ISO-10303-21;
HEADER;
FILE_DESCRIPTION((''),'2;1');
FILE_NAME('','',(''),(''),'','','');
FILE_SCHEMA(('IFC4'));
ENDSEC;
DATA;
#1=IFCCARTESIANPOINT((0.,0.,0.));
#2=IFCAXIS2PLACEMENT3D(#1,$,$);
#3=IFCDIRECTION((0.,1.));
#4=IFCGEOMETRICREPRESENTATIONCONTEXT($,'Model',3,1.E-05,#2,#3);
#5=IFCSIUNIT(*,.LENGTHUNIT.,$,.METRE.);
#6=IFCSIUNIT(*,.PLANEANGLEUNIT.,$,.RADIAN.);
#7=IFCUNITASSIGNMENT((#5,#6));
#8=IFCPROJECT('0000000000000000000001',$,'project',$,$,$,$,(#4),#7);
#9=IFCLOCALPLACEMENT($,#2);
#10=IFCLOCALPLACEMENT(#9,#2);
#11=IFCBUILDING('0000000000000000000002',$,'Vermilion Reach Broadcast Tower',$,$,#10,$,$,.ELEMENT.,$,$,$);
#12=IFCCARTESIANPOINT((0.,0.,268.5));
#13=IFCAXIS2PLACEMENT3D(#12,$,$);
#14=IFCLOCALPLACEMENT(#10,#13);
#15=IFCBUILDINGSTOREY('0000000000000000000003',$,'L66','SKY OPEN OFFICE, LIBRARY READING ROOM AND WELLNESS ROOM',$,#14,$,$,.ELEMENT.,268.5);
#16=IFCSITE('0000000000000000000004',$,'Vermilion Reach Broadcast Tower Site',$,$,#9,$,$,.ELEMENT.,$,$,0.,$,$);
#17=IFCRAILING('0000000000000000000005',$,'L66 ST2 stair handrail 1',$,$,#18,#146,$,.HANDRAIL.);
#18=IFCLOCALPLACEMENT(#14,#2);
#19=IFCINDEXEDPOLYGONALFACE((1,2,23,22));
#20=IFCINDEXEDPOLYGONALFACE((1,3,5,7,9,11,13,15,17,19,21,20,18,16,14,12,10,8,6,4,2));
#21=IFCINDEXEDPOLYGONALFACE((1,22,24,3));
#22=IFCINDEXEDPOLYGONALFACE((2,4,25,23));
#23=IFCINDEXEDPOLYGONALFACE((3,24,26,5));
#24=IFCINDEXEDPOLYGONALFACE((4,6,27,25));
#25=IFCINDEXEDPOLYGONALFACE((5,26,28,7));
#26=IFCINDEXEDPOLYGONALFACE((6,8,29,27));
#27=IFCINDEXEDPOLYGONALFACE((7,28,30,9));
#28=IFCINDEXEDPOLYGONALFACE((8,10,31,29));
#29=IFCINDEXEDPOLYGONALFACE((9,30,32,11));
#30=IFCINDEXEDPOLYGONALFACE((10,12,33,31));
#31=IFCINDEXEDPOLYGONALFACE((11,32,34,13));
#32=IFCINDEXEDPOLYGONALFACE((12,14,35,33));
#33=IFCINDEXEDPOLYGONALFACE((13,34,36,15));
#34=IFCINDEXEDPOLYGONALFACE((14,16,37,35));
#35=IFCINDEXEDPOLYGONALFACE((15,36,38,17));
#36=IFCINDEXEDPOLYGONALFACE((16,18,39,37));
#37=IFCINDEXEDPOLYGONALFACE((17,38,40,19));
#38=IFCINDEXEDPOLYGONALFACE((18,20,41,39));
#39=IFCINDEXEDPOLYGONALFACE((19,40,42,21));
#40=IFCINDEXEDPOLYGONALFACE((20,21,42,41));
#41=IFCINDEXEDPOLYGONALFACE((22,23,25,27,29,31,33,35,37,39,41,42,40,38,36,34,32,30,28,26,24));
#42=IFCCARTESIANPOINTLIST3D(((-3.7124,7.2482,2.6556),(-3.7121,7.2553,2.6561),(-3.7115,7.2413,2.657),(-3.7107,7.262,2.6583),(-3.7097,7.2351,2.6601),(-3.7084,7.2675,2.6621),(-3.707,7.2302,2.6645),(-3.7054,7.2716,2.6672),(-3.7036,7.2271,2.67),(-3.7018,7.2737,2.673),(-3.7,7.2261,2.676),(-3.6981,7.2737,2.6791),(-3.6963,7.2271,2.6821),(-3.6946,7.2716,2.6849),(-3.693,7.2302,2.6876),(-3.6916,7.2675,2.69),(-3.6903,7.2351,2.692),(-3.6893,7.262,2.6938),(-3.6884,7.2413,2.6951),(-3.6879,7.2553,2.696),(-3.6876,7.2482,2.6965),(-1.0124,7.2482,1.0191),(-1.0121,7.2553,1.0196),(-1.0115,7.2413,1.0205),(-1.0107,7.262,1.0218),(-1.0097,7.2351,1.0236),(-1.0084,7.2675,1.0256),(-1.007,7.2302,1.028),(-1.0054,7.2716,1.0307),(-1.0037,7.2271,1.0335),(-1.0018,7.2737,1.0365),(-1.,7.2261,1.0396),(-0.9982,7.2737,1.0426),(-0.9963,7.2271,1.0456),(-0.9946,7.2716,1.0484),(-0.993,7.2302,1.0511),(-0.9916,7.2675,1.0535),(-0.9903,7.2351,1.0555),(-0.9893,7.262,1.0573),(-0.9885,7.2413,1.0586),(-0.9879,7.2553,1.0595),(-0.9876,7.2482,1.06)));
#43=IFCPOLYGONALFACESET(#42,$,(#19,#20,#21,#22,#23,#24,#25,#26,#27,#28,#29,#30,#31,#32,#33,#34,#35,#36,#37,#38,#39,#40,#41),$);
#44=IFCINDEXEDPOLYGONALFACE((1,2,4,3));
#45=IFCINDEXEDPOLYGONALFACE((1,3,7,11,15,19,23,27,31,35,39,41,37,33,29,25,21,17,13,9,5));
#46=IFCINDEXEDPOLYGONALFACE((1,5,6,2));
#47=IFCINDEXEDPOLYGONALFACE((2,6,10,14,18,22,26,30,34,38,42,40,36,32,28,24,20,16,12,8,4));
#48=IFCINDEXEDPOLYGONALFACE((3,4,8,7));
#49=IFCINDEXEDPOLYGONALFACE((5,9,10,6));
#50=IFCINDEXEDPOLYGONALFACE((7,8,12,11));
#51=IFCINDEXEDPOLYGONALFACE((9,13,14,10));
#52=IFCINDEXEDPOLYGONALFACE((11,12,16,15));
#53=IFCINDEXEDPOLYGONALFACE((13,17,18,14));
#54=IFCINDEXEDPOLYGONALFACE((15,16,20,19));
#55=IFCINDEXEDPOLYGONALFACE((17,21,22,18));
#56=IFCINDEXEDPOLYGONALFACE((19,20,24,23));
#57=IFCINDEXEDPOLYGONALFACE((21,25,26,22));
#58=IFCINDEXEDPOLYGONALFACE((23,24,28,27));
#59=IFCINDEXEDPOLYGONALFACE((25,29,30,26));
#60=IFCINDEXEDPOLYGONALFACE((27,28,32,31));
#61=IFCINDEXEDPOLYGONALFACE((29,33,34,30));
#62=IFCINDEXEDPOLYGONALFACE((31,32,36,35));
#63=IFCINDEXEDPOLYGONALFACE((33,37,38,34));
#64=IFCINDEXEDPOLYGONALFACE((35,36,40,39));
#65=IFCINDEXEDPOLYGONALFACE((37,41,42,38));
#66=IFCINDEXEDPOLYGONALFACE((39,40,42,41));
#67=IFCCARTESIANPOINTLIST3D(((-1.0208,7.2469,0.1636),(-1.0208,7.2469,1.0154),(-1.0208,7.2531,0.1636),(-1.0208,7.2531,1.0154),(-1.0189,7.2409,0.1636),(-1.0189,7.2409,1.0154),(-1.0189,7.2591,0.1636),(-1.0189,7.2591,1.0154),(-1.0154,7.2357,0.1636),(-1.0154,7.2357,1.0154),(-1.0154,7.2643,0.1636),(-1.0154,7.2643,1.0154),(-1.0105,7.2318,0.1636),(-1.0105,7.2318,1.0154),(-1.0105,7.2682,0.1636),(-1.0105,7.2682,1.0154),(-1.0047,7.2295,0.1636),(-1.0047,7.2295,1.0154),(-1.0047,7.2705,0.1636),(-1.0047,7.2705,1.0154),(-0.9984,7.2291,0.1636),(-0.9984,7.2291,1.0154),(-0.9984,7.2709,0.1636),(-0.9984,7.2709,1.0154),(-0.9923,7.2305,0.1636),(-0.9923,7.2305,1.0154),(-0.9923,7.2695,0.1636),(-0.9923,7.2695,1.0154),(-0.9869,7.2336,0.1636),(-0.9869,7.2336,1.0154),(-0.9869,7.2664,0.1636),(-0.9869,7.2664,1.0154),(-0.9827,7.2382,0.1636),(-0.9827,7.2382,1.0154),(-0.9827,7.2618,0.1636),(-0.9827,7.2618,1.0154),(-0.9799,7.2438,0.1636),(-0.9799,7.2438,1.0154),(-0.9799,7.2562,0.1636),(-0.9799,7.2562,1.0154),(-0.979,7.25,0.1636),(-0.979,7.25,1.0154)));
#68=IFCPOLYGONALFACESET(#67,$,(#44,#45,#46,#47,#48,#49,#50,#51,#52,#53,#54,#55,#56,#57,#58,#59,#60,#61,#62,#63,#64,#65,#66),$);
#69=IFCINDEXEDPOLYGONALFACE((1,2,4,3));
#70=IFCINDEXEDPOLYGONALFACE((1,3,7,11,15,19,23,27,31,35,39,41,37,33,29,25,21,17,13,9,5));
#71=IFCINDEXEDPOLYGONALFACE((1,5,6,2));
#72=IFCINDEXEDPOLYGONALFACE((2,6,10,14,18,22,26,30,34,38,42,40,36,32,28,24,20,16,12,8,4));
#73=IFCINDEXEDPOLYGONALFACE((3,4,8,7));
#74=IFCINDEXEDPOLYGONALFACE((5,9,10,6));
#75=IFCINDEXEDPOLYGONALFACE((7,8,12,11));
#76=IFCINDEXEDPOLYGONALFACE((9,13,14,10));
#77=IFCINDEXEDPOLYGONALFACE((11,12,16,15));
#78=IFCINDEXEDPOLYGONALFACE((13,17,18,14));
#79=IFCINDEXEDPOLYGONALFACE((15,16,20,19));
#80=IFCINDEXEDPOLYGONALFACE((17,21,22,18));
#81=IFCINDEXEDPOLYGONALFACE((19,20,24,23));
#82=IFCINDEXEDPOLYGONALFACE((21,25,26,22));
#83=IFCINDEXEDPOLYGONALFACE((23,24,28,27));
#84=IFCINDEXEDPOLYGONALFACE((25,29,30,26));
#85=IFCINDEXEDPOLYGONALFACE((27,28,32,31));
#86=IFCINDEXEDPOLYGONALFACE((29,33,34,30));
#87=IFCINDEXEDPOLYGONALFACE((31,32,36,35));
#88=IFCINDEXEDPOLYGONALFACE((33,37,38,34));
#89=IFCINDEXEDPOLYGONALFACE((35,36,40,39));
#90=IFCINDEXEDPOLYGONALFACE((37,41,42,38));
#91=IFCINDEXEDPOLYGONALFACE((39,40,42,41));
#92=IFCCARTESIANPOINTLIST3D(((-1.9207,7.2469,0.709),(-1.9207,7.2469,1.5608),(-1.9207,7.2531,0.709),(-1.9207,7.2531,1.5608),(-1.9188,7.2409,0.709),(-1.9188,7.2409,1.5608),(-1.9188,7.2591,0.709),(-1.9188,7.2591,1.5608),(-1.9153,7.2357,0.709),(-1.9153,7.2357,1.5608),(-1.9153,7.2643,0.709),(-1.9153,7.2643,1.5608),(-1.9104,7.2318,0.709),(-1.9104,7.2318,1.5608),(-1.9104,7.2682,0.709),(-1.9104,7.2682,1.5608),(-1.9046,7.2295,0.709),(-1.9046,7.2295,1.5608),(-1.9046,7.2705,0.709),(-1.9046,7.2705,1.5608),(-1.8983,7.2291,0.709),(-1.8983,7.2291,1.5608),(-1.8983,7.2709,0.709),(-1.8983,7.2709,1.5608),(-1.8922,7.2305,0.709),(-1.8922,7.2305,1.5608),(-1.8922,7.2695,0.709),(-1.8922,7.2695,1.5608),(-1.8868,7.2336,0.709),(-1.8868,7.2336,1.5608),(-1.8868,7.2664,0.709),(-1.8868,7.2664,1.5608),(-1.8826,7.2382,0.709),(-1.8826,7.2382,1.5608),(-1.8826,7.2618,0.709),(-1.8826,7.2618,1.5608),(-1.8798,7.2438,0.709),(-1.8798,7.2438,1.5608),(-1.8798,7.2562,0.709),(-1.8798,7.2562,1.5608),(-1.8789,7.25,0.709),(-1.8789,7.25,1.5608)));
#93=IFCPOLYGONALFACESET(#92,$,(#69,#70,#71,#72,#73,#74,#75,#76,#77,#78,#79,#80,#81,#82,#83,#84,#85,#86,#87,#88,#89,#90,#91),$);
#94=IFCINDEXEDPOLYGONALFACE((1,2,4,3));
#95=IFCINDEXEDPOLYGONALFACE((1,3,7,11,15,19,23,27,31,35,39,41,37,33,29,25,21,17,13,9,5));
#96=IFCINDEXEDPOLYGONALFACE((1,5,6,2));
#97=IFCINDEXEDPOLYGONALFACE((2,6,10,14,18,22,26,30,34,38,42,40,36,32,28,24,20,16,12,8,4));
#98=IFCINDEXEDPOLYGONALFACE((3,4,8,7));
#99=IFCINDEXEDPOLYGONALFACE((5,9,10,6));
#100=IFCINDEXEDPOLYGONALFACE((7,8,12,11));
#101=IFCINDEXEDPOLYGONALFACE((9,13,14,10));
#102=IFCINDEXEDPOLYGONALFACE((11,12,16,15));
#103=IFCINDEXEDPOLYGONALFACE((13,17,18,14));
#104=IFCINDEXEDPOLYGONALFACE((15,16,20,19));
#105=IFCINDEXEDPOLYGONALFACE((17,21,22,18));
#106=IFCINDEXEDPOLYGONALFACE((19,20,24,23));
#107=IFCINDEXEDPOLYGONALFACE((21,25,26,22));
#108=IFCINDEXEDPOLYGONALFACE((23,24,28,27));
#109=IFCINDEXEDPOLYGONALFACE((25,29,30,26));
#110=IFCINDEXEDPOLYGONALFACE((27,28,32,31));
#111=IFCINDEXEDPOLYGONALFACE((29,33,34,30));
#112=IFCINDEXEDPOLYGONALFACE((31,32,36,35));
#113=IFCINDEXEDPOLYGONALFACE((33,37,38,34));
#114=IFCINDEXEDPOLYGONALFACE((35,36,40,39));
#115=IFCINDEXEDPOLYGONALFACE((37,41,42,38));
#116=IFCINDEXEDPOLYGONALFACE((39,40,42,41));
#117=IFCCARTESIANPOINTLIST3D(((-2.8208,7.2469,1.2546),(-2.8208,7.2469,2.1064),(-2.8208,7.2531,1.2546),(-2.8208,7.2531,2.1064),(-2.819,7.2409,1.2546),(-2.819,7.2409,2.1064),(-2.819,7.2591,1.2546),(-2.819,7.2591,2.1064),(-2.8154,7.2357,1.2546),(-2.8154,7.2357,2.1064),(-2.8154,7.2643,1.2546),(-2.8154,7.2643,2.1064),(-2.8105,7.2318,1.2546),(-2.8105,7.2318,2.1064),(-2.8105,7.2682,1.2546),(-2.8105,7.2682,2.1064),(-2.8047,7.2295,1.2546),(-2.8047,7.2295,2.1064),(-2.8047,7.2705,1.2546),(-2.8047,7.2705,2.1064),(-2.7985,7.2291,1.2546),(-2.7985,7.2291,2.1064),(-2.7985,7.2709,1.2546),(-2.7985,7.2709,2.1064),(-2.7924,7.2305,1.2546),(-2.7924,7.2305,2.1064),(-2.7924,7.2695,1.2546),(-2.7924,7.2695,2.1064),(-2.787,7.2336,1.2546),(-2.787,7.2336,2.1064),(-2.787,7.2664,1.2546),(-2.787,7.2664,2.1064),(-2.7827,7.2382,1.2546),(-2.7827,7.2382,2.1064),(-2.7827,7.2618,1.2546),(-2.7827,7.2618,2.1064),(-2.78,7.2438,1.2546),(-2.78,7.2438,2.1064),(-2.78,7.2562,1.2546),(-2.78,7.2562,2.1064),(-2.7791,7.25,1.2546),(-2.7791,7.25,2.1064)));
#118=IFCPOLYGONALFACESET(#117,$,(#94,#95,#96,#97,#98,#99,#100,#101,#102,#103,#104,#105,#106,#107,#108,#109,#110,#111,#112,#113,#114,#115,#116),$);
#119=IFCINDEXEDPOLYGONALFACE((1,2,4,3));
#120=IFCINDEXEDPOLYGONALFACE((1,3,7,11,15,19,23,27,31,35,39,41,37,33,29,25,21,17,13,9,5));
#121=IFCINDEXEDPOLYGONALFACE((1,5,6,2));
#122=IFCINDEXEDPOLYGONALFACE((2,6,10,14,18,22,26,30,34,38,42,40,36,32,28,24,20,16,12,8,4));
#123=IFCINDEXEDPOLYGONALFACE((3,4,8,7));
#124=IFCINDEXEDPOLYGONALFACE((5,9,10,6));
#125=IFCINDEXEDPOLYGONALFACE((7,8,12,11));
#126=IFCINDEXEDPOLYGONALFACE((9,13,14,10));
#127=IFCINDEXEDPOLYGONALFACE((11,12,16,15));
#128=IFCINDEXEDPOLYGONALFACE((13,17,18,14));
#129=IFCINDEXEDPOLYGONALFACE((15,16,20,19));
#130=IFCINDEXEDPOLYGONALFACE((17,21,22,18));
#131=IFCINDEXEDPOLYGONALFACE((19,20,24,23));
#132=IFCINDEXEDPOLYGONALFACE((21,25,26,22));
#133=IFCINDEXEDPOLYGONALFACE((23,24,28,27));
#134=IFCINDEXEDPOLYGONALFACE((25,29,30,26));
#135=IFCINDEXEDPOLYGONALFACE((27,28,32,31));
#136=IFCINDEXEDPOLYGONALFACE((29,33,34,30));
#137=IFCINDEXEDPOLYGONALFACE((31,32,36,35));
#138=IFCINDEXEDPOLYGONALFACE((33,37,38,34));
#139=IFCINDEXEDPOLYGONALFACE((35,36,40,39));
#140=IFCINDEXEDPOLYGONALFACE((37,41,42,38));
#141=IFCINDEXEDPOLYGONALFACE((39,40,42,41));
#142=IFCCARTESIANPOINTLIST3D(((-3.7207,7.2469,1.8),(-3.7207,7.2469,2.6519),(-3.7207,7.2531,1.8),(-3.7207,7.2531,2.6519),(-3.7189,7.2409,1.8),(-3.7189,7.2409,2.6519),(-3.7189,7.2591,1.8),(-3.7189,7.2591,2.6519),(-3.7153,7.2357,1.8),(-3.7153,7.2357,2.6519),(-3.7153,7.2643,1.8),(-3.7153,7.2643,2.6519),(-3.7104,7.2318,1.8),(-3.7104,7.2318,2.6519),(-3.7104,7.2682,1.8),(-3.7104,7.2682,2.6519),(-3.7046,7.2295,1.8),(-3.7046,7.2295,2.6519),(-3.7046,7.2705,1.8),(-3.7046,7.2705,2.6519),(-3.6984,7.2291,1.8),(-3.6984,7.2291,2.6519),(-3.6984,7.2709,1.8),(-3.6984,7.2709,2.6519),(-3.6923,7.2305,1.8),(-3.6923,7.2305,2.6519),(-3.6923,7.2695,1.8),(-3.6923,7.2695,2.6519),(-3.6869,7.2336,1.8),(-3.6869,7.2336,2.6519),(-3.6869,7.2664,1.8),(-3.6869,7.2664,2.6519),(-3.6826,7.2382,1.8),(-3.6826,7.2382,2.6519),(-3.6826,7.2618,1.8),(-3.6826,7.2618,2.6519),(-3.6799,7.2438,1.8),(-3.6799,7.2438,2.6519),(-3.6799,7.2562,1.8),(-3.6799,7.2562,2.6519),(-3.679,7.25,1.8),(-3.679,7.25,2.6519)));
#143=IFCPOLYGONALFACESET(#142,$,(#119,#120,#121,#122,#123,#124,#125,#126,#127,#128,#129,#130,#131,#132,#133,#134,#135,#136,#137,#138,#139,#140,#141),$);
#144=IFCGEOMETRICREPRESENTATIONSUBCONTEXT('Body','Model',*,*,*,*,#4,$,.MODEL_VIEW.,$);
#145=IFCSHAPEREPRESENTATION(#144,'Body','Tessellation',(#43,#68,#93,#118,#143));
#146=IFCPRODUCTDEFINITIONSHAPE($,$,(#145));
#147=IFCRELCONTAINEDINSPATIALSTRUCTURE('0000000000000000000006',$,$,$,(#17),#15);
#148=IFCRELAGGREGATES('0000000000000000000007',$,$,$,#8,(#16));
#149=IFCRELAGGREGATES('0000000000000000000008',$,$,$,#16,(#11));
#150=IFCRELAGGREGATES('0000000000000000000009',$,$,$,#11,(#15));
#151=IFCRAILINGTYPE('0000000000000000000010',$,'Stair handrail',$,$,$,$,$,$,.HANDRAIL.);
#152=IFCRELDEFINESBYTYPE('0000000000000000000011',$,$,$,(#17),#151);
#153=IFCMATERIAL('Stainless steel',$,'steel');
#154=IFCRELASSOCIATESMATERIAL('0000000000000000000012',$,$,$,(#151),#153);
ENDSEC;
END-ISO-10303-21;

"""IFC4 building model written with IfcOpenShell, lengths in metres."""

from ifc_helpers import new_model, si_unit, direction, frame, origin, origin_2d, place, context, subcontext, project, spatial, circle, extrude, material, type_object, element, save


model = new_model("IFC4")

# Units and contexts
model_context = context("Model", 3, precision=1e-05, world=origin(), true_north=direction((0.0, 1.0)))
body_context = subcontext(model_context, "Body", "Model", "MODEL_VIEW")
ifc_project = project(units=[si_unit("LENGTHUNIT", "METRE"), si_unit("PLANEANGLEUNIT", "RADIAN")], contexts=[model_context])

# Site, building, storey
site_placement = place(None, origin())
site = spatial("IfcSite", under=ifc_project, at=site_placement, Name="Vermilion Reach Broadcast Tower Site", CompositionType="ELEMENT", RefElevation=0.0)
building_placement = place(site_placement, origin())
building = spatial("IfcBuilding", under=site, at=building_placement, Name="Vermilion Reach Broadcast Tower", CompositionType="ELEMENT")
storey_placement = place(building_placement, frame((0.0, 0.0, 268.5)))
storey = spatial("IfcBuildingStorey", under=building, at=storey_placement, Name="L66", Description="SKY OPEN OFFICE, LIBRARY READING ROOM AND WELLNESS ROOM", CompositionType="ELEMENT", Elevation=268.5)

# Railing
ifc_material_1 = material(Name="Stainless steel", Category="steel")
railing_type_1 = type_object("IfcRailingType", Name="Stair handrail", PredefinedType="HANDRAIL", material=ifc_material_1)
railing_1_placement = place(storey_placement, frame((-1.0, 7.25, 0.1636)))
element("IfcRailing", 1, at=railing_1_placement, inside=storey, type_object=railing_type_1, Name="L66 ST2 stair handrail 1", PredefinedType="HANDRAIL", context=body_context, shape_type="SweptSolid", body=[
    extrude(circle(Radius=0.0239, at=origin_2d()), frame((0.0, 0.0, 0.876), z_axis=(-0.855178, 0.0, 0.518334), x_axis=(0.0, -1.0, 0.0)), (0.0, 0.0, 1.0), 3.1572),
    extrude(circle(Radius=0.021, at=origin_2d()), origin(), (0.0, 0.0, 1.0), 0.8518),
    extrude(circle(Radius=0.021, at=origin_2d()), frame((-0.8999, 0.0, 0.5454)), (0.0, 0.0, 1.0), 0.8518),
    extrude(circle(Radius=0.021, at=origin_2d()), frame((-1.8, 0.0, 1.0911)), (0.0, 0.0, 1.0), 0.8518),
    extrude(circle(Radius=0.021, at=origin_2d()), frame((-2.7, 0.0, 1.6365)), (0.0, 0.0, 1.0), 0.8518),
])

save(model, "model.ifc")
